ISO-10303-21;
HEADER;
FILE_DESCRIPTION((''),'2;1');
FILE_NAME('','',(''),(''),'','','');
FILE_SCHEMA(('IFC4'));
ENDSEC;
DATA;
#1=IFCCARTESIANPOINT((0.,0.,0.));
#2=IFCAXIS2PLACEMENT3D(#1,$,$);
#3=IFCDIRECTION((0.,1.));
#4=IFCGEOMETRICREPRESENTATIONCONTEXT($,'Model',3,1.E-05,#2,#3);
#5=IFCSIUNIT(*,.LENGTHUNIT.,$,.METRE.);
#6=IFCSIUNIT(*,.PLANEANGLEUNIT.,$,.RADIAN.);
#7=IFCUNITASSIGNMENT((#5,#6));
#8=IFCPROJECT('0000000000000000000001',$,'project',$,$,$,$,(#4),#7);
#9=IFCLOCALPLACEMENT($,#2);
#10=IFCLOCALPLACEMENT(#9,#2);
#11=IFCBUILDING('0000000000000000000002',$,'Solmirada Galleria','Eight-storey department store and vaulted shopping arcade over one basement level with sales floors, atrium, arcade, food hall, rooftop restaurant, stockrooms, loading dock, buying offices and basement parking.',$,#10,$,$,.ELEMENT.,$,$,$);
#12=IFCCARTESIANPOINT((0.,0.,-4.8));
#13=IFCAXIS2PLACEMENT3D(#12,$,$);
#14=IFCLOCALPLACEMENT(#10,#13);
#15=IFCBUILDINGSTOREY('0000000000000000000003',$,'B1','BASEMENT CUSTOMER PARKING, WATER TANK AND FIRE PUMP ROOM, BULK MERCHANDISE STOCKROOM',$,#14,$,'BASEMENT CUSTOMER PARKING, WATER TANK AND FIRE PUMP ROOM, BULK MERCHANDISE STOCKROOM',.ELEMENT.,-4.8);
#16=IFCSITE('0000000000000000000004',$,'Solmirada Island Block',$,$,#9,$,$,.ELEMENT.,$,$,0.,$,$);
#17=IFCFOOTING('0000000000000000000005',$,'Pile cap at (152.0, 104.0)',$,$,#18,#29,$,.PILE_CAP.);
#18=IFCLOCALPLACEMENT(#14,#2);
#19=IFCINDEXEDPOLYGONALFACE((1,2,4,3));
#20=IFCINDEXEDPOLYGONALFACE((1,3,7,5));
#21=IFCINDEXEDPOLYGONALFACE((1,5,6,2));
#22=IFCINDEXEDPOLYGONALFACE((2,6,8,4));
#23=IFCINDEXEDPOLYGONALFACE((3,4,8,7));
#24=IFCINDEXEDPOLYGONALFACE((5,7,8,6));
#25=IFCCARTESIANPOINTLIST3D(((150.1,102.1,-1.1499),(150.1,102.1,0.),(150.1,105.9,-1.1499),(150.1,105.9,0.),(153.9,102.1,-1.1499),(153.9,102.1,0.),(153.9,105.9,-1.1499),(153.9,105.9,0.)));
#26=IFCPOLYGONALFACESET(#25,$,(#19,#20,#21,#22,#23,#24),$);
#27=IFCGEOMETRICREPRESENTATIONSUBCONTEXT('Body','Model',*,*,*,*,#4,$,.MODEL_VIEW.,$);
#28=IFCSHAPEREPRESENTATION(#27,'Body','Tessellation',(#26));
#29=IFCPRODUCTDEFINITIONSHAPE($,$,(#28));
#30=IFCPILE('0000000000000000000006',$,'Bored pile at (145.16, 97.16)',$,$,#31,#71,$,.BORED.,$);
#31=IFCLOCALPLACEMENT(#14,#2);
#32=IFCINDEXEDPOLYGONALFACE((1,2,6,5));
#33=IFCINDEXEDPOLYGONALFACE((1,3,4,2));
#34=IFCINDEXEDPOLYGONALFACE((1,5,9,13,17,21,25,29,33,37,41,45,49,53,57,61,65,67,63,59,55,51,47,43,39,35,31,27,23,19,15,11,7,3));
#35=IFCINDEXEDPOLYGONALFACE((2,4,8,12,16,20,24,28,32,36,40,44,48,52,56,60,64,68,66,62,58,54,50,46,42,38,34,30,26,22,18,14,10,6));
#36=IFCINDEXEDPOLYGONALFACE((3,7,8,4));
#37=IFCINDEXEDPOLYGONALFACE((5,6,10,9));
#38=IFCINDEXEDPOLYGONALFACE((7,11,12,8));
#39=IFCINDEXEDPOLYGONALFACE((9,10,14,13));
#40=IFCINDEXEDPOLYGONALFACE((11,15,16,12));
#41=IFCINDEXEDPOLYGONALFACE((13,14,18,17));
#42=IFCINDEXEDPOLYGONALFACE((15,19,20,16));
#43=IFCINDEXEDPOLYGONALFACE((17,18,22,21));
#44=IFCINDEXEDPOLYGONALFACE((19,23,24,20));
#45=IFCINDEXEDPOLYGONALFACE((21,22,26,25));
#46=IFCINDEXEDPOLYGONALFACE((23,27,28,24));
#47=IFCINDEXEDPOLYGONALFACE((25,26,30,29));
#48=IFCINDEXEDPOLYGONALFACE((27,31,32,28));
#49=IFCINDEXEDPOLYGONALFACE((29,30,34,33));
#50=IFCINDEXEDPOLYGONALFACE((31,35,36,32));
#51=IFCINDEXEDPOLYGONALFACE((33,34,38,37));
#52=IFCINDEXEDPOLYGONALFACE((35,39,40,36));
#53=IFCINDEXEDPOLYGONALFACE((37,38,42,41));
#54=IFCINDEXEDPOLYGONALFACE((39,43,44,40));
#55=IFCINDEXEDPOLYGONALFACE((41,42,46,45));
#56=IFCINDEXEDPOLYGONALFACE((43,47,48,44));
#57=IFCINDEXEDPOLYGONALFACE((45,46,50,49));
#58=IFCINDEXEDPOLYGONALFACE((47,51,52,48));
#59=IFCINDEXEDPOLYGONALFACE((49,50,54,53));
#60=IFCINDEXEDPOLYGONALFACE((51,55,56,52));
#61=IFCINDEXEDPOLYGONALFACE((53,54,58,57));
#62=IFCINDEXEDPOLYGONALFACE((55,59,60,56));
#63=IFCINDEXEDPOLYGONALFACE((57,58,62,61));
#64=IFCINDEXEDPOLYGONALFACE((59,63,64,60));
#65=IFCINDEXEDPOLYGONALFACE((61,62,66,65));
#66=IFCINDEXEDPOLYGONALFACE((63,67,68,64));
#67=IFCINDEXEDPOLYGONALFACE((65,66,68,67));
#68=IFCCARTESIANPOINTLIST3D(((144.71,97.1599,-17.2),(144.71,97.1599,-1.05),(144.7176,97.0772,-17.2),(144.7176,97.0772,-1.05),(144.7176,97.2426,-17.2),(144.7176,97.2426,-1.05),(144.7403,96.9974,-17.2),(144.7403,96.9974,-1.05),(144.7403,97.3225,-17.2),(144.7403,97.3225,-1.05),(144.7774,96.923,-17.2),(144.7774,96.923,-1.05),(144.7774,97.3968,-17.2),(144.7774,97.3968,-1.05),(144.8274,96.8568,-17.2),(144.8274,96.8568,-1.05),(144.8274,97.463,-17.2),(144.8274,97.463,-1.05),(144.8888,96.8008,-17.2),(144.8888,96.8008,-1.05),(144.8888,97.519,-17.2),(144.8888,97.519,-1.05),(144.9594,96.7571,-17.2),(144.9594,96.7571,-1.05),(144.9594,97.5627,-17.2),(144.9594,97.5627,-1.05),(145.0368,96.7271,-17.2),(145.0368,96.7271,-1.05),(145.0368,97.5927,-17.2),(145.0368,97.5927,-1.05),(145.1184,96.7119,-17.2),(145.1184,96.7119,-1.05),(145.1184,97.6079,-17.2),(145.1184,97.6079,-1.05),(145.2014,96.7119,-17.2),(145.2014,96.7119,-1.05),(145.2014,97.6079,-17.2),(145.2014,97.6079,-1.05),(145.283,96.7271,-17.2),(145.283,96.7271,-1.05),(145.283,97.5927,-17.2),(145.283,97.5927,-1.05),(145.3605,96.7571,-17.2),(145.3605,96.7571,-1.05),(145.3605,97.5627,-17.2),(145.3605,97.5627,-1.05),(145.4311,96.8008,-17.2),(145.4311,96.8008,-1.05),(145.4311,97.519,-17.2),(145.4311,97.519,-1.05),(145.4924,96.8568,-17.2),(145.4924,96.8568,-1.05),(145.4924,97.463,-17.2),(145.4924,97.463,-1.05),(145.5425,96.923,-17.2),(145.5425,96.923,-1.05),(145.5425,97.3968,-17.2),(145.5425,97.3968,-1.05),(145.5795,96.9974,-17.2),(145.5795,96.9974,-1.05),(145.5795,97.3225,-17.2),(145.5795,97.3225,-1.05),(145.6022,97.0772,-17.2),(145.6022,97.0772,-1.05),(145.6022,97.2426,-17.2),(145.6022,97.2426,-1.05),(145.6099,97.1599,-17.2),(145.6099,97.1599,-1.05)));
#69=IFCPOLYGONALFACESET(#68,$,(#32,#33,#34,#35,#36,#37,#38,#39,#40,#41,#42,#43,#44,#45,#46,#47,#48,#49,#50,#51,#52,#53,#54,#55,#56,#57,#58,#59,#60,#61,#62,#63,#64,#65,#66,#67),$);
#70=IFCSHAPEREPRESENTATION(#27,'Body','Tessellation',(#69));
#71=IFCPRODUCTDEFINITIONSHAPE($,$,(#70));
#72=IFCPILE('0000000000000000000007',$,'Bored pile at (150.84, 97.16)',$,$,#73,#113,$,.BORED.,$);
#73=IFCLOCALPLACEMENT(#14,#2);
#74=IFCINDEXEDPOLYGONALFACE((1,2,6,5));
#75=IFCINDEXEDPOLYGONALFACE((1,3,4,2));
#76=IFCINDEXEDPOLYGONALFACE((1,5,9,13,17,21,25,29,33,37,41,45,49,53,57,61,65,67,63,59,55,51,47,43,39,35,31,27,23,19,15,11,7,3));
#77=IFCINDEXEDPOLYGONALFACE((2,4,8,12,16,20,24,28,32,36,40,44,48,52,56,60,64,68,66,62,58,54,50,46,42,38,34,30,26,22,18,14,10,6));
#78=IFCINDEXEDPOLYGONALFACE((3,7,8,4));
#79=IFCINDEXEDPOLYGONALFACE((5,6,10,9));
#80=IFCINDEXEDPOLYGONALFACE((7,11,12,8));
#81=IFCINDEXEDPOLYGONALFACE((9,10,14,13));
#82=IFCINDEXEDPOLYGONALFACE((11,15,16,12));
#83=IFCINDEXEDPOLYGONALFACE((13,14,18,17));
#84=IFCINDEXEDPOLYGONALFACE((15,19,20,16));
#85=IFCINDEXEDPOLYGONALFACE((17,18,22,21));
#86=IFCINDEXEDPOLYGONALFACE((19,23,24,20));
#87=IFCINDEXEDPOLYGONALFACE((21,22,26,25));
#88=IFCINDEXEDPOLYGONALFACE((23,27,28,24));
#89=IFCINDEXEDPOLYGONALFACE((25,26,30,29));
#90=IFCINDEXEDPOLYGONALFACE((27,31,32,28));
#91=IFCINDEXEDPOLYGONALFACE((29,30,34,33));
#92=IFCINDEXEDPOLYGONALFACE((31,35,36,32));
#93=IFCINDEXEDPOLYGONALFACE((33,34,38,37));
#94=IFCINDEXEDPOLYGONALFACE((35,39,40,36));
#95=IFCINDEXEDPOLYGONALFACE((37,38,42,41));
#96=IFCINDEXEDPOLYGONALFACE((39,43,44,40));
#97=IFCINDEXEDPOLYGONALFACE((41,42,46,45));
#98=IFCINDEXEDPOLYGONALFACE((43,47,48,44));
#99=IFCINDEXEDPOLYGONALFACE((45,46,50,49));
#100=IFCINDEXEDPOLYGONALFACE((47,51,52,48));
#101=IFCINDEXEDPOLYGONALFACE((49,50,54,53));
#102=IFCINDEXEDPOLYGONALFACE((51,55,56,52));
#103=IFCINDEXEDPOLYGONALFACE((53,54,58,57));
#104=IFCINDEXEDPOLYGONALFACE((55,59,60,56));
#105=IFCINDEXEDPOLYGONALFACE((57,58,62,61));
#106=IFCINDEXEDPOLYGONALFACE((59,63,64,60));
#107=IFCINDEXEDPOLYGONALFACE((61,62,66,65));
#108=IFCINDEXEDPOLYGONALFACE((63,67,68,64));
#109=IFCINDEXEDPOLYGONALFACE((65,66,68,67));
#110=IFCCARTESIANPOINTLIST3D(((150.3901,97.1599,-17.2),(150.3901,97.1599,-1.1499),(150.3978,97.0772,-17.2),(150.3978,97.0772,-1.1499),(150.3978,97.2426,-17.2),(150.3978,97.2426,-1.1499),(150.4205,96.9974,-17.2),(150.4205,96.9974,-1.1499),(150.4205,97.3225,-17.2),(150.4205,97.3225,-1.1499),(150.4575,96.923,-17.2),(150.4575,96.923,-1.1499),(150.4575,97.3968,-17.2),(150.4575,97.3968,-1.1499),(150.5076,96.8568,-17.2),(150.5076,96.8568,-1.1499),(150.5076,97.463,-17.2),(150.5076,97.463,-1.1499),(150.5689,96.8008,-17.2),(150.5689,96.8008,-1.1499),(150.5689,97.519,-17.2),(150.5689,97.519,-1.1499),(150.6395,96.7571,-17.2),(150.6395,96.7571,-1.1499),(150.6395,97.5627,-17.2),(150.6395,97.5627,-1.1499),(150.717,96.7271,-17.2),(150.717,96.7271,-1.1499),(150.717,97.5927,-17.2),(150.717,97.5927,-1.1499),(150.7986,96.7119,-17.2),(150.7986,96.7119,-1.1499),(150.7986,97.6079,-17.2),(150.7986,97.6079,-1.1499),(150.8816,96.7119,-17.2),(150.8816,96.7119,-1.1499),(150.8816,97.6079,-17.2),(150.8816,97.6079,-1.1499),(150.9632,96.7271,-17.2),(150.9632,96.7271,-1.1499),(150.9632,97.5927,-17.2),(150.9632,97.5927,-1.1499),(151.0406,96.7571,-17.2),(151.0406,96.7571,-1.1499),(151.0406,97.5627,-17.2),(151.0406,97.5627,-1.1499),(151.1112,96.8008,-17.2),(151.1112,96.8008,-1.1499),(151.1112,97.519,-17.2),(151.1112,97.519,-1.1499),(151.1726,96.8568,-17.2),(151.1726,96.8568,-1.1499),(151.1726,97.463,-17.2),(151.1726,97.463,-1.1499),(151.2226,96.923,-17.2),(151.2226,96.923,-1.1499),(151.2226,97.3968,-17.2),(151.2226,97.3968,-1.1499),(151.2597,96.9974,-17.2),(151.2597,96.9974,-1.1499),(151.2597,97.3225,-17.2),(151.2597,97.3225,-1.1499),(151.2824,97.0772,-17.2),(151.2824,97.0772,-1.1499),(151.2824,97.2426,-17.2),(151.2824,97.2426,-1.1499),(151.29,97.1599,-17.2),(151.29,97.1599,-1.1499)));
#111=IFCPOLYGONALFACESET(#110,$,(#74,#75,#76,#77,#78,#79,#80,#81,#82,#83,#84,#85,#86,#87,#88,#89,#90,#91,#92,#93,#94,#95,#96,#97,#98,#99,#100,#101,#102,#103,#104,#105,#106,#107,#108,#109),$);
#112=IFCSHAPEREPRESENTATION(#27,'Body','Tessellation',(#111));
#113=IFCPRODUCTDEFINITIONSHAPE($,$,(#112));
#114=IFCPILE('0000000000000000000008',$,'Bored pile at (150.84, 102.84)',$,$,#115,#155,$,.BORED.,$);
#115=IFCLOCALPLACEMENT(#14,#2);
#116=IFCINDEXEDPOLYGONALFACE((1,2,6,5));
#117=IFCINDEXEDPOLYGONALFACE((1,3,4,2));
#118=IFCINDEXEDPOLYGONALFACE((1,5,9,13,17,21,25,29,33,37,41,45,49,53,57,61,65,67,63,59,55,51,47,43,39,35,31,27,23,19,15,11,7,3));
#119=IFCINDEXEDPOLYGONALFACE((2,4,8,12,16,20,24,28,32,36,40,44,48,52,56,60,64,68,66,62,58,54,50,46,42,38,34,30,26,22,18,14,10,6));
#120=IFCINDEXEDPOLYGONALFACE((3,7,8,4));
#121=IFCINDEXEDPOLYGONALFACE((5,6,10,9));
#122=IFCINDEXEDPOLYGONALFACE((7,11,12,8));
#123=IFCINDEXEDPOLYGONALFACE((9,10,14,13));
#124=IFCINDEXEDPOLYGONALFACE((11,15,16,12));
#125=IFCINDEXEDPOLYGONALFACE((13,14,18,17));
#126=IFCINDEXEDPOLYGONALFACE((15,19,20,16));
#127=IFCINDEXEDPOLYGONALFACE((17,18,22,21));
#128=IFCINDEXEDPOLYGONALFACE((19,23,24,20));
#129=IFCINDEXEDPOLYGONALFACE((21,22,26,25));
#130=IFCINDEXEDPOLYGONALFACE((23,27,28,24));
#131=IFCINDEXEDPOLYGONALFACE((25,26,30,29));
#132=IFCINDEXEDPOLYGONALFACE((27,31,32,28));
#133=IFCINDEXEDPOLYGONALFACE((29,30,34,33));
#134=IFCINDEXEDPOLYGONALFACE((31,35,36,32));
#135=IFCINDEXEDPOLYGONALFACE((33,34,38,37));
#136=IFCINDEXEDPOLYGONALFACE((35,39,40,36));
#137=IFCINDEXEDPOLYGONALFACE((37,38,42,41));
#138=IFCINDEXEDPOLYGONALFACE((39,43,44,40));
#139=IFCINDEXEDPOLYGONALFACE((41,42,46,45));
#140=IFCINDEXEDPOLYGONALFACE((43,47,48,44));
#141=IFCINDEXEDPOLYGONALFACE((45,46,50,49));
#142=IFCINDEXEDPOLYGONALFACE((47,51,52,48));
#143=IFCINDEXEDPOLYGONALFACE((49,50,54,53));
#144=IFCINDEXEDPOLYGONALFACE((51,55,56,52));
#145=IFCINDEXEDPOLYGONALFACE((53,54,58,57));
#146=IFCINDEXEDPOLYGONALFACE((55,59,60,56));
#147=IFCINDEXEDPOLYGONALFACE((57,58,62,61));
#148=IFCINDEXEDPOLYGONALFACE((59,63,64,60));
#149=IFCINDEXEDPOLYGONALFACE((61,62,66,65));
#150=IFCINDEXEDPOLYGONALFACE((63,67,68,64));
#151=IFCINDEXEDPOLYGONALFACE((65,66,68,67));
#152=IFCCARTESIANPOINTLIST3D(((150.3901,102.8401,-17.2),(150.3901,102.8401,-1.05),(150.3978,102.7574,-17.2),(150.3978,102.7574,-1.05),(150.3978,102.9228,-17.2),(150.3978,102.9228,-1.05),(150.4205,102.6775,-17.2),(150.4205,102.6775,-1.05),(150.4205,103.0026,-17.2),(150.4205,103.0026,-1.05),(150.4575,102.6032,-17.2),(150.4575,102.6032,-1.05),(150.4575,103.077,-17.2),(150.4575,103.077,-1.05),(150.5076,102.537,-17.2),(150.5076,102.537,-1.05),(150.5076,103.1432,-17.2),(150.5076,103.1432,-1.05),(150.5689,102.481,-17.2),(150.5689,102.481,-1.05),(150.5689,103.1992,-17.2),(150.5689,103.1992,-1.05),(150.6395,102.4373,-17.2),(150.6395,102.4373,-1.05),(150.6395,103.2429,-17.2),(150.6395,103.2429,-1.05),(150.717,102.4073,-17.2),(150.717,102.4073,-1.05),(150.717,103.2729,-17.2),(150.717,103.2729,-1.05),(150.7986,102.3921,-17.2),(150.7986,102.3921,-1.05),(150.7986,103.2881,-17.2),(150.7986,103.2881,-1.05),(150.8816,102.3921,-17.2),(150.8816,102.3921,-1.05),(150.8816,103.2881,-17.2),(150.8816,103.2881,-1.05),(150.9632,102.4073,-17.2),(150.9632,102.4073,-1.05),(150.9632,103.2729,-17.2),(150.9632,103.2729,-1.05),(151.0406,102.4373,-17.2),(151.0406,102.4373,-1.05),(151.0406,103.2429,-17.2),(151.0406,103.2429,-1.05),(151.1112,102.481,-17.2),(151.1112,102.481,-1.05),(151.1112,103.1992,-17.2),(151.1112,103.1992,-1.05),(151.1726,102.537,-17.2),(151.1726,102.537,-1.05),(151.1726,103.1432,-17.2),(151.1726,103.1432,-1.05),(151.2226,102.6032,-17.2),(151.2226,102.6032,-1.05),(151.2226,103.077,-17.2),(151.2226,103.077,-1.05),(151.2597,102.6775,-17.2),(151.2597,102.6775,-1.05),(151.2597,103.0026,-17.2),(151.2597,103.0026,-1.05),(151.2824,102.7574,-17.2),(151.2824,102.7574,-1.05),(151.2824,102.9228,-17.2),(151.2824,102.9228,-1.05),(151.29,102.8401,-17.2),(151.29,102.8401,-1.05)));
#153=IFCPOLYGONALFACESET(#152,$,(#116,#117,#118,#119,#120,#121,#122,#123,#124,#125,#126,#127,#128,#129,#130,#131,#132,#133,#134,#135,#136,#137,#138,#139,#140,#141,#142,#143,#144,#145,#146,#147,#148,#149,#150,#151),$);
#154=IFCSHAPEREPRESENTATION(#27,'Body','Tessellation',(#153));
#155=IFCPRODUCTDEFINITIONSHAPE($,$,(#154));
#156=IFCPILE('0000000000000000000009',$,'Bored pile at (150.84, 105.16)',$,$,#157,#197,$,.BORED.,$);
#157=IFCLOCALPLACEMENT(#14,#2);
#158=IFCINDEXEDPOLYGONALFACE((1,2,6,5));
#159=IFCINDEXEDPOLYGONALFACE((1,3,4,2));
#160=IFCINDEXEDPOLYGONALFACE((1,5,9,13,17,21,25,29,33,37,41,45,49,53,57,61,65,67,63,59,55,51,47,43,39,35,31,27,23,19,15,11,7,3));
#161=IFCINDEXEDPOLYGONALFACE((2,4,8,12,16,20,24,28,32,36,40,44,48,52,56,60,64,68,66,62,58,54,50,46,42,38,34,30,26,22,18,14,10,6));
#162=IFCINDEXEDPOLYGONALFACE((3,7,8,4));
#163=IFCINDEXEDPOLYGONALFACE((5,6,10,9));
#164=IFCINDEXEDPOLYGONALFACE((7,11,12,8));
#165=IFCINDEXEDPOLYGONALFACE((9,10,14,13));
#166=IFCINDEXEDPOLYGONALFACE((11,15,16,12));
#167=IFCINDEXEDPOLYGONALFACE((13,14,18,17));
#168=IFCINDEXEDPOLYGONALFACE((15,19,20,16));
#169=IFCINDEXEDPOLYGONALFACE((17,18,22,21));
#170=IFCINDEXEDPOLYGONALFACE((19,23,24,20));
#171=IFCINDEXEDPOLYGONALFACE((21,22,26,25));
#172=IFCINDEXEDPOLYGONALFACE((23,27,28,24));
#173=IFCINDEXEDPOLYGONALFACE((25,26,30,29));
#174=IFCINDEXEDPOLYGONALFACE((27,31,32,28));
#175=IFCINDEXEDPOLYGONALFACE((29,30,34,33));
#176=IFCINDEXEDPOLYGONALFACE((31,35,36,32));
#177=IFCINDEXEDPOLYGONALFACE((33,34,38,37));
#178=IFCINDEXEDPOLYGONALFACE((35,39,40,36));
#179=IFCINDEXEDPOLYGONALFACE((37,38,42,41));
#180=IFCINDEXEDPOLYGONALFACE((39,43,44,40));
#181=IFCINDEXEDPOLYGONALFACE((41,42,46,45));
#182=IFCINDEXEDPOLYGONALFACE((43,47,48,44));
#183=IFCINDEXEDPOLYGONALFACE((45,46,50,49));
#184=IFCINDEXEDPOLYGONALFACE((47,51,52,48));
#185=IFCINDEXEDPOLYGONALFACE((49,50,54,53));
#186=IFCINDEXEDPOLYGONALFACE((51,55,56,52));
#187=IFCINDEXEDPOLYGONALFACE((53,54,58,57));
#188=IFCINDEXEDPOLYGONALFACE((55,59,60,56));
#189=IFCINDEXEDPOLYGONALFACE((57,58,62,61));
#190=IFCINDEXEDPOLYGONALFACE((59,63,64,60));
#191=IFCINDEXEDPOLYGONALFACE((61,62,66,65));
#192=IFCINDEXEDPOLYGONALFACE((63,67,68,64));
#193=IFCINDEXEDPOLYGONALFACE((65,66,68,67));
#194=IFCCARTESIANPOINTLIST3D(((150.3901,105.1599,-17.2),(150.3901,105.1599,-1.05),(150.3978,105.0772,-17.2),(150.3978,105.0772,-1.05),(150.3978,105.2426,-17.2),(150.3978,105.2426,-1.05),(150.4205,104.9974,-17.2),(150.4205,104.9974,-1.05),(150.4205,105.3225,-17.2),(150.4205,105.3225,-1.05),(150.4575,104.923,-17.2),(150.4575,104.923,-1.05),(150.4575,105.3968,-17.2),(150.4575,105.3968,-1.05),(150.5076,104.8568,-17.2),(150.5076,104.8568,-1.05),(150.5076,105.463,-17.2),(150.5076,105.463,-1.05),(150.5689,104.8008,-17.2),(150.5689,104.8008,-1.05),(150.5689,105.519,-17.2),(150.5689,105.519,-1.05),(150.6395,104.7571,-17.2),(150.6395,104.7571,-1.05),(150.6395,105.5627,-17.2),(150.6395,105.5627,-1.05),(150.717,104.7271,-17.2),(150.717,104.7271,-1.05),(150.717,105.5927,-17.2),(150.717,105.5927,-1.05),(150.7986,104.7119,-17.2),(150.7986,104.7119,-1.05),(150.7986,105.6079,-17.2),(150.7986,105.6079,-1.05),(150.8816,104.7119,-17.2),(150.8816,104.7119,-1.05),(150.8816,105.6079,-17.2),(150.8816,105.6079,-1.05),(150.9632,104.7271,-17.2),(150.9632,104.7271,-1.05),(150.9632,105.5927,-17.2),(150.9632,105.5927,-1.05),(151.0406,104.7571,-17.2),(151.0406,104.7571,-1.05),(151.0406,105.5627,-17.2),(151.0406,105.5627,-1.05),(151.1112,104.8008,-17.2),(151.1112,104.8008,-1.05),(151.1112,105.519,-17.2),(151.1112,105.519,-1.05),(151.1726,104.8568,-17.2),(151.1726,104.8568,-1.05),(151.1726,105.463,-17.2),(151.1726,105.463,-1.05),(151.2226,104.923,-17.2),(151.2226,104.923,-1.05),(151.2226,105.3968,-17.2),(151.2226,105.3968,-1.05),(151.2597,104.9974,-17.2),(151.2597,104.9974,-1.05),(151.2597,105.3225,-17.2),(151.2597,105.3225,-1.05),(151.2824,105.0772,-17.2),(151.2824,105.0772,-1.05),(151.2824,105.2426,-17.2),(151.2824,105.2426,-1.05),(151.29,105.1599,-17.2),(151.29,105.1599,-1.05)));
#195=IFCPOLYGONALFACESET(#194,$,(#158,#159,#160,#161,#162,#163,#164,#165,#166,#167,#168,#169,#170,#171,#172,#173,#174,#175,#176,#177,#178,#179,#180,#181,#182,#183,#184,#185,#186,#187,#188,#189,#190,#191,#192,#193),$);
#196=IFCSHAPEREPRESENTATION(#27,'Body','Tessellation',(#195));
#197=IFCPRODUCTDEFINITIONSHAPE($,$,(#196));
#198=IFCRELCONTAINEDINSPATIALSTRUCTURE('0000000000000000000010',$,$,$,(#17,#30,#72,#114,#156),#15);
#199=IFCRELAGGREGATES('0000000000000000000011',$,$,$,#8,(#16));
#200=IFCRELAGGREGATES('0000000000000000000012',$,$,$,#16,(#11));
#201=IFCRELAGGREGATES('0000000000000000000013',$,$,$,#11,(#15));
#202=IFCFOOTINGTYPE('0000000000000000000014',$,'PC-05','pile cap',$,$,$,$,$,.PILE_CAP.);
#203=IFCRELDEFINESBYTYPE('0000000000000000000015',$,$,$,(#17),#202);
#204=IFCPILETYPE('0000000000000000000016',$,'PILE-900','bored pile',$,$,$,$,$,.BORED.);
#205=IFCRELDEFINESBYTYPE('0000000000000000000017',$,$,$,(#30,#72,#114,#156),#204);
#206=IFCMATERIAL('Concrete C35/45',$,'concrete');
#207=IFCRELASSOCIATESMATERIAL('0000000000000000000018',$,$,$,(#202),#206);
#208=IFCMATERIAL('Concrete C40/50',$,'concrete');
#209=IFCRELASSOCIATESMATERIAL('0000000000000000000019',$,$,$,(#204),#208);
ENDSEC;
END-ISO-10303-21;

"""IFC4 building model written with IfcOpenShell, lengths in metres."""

from ifc_helpers import new_model, si_unit, direction, frame, origin, origin_2d, place, context, subcontext, project, spatial, rectangle, circle, extrude, material, material_profile, profile_set, type_object, element, save


model = new_model("IFC4")

# Units and contexts
model_context = context("Model", 3, precision=1e-05, world=origin(), true_north=direction((0.0, 1.0)))
body_context = subcontext(model_context, "Body", "Model", "MODEL_VIEW")
ifc_project = project(units=[si_unit("LENGTHUNIT", "METRE"), si_unit("PLANEANGLEUNIT", "RADIAN")], contexts=[model_context])

# Site, building, storey
site_placement = place(None, origin())
site = spatial("IfcSite", under=ifc_project, at=site_placement, Name="Solmirada Island Block", CompositionType="ELEMENT", RefElevation=0.0)
building_placement = place(site_placement, origin())
building = spatial("IfcBuilding", under=site, at=building_placement, Name="Solmirada Galleria", Description="Eight-storey department store and vaulted shopping arcade over one basement level with sales floors, atrium, arcade, food hall, rooftop restaurant, stockrooms, loading dock, buying offices and basement parking.", CompositionType="ELEMENT")
storey_placement = place(building_placement, frame((0.0, 0.0, -4.8)))
storey = spatial("IfcBuildingStorey", under=building, at=storey_placement, Name="B1", Description="BASEMENT CUSTOMER PARKING, WATER TANK AND FIRE PUMP ROOM, BULK MERCHANDISE STOCKROOM", LongName="BASEMENT CUSTOMER PARKING, WATER TANK AND FIRE PUMP ROOM, BULK MERCHANDISE STOCKROOM", CompositionType="ELEMENT", Elevation=-4.8)

# Footing
ifc_material_1 = material(Name="Concrete C35/45", Category="concrete")
footing_type_1 = type_object("IfcFootingType", Name="PC-05", Description="pile cap", PredefinedType="PILE_CAP", material=ifc_material_1)
footing_1_placement = place(storey_placement, frame((152.0, 104.0, -1.1499), z_axis=(0.0, 0.0, 1.0), x_axis=(1.0, 0.0, 0.0)))
element("IfcFooting", 1, at=footing_1_placement, inside=storey, type_object=footing_type_1, Name="Pile cap at (152.0, 104.0)", PredefinedType="PILE_CAP", context=body_context, shape_type="SweptSolid", body=[
    extrude(rectangle(XDim=3.8, YDim=3.8, at=origin_2d()), origin(), (0.0, 0.0, 1.0), 1.1499),
])

# Piles
ifc_material_2 = material(Name="Concrete C40/50", Category="concrete")
ifc_material_profile_1 = material_profile(ifc_material_2, circle(Radius=0.45, at=origin_2d()), Name="PILE900")
ifc_profile_set_1 = profile_set([ifc_material_profile_1], Name="Concrete C40/50")
pile_type = type_object("IfcPileType", Name="PILE-900", Description="bored pile", PredefinedType="BORED", material=ifc_profile_set_1)
pile_1_placement = place(storey_placement, frame((145.1599, 97.1599, -1.05), z_axis=(0.0, 0.0, -1.0), x_axis=(1.0, 0.0, 0.0)))
element("IfcPile", 2, at=pile_1_placement, inside=storey, type_object=pile_type, Name="Bored pile at (145.16, 97.16)", PredefinedType="BORED", context=body_context, shape_type="SweptSolid", body=[
    extrude(circle(Radius=0.45, at=origin_2d()), origin(), (0.0, 0.0, 1.0), 16.1499),
])
pile_2_placement = place(storey_placement, frame((150.8401, 97.1599, -1.1499), z_axis=(0.0, 0.0, -1.0), x_axis=(1.0, 0.0, 0.0)))
element("IfcPile", 3, at=pile_2_placement, inside=storey, type_object=pile_type, Name="Bored pile at (150.84, 97.16)", PredefinedType="BORED", context=body_context, shape_type="SweptSolid", body=[
    extrude(circle(Radius=0.45, at=origin_2d()), origin(), (0.0, 0.0, 1.0), 16.05),
])
for number, where, z_axis, x_axis, name in (
    (4, (150.8401, 102.8401, -1.05), (0.0, 0.0, -1.0), (1.0, 0.0, 0.0), "Bored pile at (150.84, 102.84)"),
    (5, (150.8401, 105.1599, -1.05), (0.0, 0.0, -1.0), (1.0, 0.0, 0.0), "Bored pile at (150.84, 105.16)"),
):
    element("IfcPile", number, at=place(storey_placement, frame(where, z_axis=z_axis, x_axis=x_axis)), inside=storey, type_object=pile_type, Name=name, PredefinedType="BORED", context=body_context, shape_type="SweptSolid", body=[
        extrude(circle(Radius=0.45, at=origin_2d()), origin(), (0.0, 0.0, 1.0), 16.1499),
    ])

save(model, "model.ifc")
